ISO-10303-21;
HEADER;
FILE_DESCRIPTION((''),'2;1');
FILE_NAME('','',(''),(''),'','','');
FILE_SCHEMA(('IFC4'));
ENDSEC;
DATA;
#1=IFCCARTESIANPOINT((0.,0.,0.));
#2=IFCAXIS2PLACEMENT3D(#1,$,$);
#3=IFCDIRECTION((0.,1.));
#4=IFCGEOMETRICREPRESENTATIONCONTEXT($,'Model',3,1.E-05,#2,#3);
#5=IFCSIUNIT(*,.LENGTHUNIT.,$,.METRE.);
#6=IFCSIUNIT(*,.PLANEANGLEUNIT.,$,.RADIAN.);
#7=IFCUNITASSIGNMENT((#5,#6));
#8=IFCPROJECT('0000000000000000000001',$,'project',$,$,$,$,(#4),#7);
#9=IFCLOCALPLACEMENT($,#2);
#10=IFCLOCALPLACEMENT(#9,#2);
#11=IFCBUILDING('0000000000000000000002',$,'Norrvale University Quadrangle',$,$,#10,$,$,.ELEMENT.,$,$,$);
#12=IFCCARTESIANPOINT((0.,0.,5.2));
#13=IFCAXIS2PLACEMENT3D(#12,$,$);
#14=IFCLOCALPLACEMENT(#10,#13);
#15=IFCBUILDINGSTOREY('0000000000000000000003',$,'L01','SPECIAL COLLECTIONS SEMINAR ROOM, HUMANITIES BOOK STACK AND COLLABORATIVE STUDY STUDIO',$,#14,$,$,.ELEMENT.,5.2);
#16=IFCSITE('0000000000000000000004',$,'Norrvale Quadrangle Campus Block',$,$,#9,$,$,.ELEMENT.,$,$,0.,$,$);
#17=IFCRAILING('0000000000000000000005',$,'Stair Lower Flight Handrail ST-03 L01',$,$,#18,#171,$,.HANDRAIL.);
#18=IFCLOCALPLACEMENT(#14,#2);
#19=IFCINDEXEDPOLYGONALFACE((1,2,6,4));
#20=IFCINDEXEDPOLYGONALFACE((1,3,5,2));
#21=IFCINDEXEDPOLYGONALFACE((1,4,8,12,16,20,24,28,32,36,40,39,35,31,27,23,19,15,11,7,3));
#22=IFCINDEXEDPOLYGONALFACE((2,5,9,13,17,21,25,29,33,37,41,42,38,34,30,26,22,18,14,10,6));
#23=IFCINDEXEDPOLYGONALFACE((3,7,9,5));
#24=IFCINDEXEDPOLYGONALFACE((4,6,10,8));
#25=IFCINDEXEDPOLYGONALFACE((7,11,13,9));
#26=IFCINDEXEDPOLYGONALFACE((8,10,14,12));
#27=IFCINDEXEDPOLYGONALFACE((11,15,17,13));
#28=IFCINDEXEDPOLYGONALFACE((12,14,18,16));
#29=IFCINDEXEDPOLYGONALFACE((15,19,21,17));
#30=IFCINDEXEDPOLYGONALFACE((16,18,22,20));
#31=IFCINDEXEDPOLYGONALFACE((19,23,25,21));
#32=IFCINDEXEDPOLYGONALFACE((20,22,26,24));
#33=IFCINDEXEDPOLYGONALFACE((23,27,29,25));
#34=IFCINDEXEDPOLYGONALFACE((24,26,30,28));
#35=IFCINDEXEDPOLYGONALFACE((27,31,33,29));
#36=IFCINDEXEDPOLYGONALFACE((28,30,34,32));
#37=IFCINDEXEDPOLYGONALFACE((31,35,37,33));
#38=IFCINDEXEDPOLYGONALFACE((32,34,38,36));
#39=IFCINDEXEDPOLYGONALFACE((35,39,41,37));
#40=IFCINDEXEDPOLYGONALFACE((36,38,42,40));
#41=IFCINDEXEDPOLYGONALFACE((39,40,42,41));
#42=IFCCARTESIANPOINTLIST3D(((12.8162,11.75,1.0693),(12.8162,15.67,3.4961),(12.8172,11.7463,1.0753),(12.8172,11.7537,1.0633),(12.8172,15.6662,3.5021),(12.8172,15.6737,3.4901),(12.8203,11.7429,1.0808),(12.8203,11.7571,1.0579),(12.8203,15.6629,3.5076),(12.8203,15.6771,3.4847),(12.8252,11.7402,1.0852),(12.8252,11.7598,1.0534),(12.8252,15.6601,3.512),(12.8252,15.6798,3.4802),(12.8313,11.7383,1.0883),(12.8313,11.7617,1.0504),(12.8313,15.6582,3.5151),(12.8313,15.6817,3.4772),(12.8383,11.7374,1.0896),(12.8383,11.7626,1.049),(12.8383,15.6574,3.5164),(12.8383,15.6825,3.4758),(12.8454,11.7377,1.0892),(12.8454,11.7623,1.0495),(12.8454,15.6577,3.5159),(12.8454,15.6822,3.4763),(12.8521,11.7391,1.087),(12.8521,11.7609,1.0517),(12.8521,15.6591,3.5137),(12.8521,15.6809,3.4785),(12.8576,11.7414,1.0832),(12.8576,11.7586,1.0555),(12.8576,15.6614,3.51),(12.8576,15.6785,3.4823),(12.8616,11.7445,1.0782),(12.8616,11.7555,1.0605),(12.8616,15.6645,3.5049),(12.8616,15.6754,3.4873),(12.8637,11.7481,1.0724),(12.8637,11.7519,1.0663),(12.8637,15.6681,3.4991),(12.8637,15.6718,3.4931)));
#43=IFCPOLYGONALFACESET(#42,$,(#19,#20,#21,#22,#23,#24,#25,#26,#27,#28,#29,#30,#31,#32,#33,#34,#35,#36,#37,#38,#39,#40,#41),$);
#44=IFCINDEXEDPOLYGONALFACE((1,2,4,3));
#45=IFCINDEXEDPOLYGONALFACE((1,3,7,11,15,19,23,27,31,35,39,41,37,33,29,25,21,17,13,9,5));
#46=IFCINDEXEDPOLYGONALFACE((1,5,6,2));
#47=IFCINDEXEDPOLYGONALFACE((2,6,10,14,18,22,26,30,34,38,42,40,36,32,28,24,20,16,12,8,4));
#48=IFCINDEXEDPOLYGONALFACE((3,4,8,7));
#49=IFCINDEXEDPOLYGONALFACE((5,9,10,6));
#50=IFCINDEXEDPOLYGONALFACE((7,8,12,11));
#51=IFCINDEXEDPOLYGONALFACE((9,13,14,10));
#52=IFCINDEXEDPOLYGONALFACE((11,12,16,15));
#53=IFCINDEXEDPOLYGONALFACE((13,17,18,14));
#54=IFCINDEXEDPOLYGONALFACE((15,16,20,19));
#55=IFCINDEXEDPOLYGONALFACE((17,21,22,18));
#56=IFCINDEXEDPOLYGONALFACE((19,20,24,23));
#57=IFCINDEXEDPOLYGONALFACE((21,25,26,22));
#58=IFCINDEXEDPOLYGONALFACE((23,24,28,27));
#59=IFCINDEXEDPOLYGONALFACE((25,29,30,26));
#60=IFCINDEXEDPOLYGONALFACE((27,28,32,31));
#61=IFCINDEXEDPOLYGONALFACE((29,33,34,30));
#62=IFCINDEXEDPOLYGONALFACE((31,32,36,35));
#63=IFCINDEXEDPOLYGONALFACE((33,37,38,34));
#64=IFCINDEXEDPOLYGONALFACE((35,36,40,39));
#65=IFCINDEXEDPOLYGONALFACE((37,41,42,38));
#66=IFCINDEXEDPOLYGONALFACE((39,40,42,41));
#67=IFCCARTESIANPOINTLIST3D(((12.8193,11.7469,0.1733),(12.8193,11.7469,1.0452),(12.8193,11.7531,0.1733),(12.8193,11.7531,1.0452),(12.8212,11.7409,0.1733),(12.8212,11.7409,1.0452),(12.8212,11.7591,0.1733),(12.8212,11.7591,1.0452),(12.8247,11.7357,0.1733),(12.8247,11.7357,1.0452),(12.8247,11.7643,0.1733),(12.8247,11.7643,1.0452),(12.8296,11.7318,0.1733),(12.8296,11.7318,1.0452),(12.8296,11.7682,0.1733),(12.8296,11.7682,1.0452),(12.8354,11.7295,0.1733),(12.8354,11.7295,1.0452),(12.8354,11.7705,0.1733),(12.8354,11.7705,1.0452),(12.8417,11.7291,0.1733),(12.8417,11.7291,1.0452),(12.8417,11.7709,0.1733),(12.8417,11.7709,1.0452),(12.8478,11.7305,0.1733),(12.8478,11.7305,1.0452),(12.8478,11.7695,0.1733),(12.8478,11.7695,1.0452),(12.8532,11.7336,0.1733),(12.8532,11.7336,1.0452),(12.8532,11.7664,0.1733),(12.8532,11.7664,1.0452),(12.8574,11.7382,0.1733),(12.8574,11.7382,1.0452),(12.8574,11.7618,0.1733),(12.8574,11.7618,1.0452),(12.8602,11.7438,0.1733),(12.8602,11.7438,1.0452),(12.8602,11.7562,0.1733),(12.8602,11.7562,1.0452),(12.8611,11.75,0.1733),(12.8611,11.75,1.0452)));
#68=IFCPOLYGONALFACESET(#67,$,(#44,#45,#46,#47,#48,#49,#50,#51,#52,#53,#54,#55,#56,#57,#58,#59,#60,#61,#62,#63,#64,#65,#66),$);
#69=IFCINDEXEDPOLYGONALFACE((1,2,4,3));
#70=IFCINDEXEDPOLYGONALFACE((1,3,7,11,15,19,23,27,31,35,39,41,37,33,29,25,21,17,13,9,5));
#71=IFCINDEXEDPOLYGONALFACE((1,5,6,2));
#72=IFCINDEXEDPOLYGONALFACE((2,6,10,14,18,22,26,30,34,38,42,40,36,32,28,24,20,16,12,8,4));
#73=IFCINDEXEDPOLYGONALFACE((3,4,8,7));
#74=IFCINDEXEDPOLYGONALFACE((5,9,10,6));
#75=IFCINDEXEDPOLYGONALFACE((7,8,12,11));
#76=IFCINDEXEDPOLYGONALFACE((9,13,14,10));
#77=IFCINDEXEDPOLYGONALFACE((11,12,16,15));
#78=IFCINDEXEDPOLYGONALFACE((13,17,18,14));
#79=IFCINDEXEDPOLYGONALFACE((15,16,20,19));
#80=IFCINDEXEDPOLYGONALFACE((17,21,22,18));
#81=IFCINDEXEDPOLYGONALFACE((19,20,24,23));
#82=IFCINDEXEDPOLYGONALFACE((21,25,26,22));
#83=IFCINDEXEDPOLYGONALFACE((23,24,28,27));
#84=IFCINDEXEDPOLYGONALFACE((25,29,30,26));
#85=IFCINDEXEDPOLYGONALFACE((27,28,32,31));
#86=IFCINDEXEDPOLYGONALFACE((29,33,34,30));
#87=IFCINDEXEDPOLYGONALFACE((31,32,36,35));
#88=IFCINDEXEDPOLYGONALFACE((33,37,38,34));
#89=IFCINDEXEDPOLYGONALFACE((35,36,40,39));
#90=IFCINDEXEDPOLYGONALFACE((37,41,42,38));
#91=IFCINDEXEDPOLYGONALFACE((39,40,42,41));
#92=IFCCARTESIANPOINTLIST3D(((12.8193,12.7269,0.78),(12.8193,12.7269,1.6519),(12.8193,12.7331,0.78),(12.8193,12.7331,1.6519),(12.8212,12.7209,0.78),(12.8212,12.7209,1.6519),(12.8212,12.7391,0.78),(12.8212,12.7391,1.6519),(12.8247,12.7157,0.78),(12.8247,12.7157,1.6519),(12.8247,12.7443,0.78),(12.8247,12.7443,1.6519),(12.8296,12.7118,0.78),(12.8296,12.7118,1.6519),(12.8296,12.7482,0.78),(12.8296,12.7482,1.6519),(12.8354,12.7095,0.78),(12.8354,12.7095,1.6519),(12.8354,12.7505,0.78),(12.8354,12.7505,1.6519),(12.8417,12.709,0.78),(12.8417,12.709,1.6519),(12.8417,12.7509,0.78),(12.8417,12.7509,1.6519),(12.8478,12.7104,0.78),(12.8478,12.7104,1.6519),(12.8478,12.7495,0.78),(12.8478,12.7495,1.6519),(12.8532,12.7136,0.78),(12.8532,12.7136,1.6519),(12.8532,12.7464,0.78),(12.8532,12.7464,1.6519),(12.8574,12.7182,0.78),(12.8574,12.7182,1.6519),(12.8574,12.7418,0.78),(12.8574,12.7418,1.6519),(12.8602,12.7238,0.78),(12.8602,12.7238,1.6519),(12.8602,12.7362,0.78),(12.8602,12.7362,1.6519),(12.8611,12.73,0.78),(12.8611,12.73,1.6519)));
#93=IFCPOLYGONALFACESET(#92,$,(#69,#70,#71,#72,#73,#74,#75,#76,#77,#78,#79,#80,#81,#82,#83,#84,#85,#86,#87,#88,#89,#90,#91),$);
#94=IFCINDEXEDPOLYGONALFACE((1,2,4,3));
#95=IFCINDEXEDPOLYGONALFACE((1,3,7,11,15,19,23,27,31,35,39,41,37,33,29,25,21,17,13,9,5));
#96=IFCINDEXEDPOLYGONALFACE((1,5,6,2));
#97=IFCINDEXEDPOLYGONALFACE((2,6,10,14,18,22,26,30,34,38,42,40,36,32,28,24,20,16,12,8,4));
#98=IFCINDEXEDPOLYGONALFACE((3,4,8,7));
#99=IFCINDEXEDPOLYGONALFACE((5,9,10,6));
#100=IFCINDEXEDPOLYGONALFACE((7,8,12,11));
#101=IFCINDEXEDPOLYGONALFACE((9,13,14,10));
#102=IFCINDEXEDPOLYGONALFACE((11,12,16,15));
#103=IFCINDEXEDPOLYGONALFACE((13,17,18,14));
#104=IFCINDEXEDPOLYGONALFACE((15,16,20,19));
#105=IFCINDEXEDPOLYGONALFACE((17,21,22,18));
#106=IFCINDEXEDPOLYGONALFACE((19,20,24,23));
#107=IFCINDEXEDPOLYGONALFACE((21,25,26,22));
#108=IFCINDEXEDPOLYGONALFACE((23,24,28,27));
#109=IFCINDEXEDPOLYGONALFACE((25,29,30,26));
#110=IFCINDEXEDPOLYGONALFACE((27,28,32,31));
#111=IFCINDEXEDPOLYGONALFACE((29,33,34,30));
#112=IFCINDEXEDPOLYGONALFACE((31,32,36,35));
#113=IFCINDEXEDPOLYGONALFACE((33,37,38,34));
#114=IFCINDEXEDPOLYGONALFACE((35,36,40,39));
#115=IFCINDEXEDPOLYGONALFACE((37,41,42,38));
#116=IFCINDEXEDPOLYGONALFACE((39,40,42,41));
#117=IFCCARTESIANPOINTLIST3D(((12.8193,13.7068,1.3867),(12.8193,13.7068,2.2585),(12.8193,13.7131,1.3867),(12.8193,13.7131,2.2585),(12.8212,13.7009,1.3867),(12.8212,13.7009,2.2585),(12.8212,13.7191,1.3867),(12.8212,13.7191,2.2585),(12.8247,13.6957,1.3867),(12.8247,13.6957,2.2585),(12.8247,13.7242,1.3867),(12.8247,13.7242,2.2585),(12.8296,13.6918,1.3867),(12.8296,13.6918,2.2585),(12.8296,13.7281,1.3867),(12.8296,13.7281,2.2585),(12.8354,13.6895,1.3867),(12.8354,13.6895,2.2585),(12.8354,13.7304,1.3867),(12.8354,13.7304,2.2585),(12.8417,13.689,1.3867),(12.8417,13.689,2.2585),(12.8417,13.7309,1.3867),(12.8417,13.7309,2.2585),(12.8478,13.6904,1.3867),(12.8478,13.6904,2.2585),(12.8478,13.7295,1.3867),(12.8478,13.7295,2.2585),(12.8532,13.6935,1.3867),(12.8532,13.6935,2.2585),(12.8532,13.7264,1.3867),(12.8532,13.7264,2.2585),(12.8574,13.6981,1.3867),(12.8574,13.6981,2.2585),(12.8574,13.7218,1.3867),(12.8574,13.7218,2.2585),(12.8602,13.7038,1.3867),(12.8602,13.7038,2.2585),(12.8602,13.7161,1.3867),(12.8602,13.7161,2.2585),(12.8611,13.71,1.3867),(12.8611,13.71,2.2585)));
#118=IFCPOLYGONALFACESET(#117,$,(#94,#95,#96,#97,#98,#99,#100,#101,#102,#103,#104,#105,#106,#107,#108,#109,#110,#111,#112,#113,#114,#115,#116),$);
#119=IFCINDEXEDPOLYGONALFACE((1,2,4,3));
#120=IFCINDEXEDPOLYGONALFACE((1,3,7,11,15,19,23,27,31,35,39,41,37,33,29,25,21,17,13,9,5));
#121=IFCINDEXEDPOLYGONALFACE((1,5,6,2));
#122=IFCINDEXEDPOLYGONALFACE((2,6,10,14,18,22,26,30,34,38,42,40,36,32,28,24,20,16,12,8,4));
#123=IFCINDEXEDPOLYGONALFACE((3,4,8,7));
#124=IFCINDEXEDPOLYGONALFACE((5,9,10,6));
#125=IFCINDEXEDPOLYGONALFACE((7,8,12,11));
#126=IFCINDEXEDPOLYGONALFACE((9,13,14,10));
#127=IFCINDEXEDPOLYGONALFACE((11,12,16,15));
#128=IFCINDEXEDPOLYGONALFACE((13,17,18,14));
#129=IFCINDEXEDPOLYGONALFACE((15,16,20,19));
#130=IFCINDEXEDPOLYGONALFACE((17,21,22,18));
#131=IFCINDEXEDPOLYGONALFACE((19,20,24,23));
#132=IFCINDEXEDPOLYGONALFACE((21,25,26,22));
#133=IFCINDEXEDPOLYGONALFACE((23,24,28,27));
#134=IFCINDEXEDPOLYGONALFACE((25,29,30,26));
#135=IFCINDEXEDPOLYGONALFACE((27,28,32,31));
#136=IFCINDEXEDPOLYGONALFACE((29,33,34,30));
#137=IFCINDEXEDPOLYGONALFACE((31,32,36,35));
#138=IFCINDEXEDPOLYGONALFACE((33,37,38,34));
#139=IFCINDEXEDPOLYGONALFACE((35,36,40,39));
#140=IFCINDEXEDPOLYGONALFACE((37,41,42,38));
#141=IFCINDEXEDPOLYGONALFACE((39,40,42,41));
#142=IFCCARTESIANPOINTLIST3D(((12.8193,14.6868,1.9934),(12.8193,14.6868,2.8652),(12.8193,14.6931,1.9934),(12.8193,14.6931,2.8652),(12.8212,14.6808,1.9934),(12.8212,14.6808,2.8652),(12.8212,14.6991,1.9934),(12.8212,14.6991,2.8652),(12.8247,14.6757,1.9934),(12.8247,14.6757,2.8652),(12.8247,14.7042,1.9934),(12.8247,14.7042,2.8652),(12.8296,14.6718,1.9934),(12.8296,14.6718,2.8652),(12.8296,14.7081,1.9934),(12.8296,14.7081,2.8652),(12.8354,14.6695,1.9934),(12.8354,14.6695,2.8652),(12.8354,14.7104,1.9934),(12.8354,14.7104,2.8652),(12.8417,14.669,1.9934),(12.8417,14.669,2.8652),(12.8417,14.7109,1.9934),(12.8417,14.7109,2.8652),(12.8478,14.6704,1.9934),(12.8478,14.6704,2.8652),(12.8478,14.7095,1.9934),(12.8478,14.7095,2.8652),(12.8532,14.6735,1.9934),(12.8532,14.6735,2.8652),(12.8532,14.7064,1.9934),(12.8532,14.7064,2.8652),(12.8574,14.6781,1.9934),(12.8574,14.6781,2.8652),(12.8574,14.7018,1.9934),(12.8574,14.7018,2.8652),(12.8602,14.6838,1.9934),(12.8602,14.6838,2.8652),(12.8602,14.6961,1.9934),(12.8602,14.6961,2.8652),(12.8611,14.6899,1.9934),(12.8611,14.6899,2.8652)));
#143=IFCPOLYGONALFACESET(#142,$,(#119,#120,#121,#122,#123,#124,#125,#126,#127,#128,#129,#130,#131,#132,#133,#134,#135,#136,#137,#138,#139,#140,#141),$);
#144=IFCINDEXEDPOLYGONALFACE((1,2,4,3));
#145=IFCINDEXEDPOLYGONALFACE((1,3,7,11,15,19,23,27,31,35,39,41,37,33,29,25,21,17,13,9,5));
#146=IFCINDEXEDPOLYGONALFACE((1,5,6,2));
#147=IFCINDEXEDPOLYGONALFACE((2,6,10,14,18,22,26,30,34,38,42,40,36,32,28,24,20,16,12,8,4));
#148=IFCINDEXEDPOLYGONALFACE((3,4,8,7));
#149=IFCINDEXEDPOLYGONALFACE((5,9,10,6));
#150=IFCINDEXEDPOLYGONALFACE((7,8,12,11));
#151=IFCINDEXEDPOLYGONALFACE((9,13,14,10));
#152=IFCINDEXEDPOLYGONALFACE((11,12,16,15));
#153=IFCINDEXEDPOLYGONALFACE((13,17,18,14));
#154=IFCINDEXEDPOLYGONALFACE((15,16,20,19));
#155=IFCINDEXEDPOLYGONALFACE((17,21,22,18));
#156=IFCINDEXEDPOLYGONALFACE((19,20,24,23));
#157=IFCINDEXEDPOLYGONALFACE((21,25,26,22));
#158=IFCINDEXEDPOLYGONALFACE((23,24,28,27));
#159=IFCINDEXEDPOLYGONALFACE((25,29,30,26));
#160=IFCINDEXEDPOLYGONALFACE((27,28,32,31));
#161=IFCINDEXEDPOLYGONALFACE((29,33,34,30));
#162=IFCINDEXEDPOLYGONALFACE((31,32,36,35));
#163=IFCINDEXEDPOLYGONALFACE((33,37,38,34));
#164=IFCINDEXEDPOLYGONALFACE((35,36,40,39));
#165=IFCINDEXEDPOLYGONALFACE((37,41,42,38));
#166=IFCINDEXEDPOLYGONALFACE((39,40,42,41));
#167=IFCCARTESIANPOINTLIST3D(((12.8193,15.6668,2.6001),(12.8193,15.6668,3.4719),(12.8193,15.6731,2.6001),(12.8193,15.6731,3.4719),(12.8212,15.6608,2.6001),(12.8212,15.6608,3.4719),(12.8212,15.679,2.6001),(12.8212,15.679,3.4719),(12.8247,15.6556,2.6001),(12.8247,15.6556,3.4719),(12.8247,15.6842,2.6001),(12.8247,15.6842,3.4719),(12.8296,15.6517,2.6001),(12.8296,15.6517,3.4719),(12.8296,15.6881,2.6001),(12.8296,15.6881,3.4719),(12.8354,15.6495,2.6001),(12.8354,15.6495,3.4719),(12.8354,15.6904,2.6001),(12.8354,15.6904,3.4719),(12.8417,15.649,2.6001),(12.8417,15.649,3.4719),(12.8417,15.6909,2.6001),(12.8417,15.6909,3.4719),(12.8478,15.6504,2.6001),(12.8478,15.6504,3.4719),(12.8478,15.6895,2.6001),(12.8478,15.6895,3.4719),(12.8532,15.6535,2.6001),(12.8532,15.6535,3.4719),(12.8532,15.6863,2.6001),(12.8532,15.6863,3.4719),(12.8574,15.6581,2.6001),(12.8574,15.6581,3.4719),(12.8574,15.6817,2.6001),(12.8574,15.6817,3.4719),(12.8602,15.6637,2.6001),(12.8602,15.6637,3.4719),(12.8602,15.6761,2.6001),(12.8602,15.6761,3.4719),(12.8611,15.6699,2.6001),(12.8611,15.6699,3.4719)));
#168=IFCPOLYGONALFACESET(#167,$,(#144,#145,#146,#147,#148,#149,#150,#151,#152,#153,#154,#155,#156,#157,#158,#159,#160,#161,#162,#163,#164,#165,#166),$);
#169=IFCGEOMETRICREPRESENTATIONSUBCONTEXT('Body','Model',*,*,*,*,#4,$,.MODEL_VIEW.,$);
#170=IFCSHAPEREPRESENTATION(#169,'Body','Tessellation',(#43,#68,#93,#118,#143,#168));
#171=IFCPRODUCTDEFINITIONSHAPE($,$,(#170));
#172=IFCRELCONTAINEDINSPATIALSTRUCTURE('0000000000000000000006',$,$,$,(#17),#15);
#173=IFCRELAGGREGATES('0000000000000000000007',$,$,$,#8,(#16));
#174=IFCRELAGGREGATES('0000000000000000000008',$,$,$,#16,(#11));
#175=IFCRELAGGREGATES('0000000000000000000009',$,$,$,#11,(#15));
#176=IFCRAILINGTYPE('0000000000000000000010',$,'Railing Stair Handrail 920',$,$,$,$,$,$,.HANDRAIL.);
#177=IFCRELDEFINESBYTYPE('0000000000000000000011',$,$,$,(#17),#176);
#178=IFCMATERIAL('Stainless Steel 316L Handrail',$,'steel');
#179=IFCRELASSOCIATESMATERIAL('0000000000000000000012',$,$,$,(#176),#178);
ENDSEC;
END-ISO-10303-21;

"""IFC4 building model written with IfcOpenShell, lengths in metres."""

from ifc_helpers import new_model, si_unit, direction, frame, origin, origin_2d, place, context, subcontext, project, spatial, circle, extrude, material, type_object, element, save


model = new_model("IFC4")

# Units and contexts
model_context = context("Model", 3, precision=1e-05, world=origin(), true_north=direction((0.0, 1.0)))
body_context = subcontext(model_context, "Body", "Model", "MODEL_VIEW")
ifc_project = project(units=[si_unit("LENGTHUNIT", "METRE"), si_unit("PLANEANGLEUNIT", "RADIAN")], contexts=[model_context])

# Site, building, storey
site_placement = place(None, origin())
site = spatial("IfcSite", under=ifc_project, at=site_placement, Name="Norrvale Quadrangle Campus Block", CompositionType="ELEMENT", RefElevation=0.0)
building_placement = place(site_placement, origin())
building = spatial("IfcBuilding", under=site, at=building_placement, Name="Norrvale University Quadrangle", CompositionType="ELEMENT")
storey_placement = place(building_placement, frame((0.0, 0.0, 5.2)))
storey = spatial("IfcBuildingStorey", under=building, at=storey_placement, Name="L01", Description="SPECIAL COLLECTIONS SEMINAR ROOM, HUMANITIES BOOK STACK AND COLLABORATIVE STUDY STUDIO", CompositionType="ELEMENT", Elevation=5.2)

# Railing
ifc_material_1 = material(Name="Stainless Steel 316L Handrail", Category="steel")
railing_type_1 = type_object("IfcRailingType", Name="Railing Stair Handrail 920", PredefinedType="HANDRAIL", material=ifc_material_1)
for number, where, name in (
    (1, (12.8401, 11.75, 0.1733), "Stair Lower Flight Handrail ST-03 L01"),
):
    element("IfcRailing", number, at=place(storey_placement, frame(where)), inside=storey, type_object=railing_type_1, Name=name, PredefinedType="HANDRAIL", context=body_context, shape_type="SweptSolid", body=[
        extrude(circle(Radius=0.0239, at=origin_2d()), frame((0.0, 0.0, 0.896), z_axis=(0.0, 0.850252, 0.526376), x_axis=(-1.0, 0.0, 0.0)), (0.0, 0.0, 1.0), 4.6104),
        extrude(circle(Radius=0.021, at=origin_2d()), origin(), (0.0, 0.0, 1.0), 0.8718),
        extrude(circle(Radius=0.021, at=origin_2d()), frame((0.0, 0.98, 0.6067)), (0.0, 0.0, 1.0), 0.8718),
        extrude(circle(Radius=0.021, at=origin_2d()), frame((0.0, 1.96, 1.2134)), (0.0, 0.0, 1.0), 0.8718),
        extrude(circle(Radius=0.021, at=origin_2d()), frame((0.0, 2.9399, 1.8201)), (0.0, 0.0, 1.0), 0.8718),
        extrude(circle(Radius=0.021, at=origin_2d()), frame((0.0, 3.9199, 2.4268)), (0.0, 0.0, 1.0), 0.8718),
    ])

save(model, "model.ifc")
